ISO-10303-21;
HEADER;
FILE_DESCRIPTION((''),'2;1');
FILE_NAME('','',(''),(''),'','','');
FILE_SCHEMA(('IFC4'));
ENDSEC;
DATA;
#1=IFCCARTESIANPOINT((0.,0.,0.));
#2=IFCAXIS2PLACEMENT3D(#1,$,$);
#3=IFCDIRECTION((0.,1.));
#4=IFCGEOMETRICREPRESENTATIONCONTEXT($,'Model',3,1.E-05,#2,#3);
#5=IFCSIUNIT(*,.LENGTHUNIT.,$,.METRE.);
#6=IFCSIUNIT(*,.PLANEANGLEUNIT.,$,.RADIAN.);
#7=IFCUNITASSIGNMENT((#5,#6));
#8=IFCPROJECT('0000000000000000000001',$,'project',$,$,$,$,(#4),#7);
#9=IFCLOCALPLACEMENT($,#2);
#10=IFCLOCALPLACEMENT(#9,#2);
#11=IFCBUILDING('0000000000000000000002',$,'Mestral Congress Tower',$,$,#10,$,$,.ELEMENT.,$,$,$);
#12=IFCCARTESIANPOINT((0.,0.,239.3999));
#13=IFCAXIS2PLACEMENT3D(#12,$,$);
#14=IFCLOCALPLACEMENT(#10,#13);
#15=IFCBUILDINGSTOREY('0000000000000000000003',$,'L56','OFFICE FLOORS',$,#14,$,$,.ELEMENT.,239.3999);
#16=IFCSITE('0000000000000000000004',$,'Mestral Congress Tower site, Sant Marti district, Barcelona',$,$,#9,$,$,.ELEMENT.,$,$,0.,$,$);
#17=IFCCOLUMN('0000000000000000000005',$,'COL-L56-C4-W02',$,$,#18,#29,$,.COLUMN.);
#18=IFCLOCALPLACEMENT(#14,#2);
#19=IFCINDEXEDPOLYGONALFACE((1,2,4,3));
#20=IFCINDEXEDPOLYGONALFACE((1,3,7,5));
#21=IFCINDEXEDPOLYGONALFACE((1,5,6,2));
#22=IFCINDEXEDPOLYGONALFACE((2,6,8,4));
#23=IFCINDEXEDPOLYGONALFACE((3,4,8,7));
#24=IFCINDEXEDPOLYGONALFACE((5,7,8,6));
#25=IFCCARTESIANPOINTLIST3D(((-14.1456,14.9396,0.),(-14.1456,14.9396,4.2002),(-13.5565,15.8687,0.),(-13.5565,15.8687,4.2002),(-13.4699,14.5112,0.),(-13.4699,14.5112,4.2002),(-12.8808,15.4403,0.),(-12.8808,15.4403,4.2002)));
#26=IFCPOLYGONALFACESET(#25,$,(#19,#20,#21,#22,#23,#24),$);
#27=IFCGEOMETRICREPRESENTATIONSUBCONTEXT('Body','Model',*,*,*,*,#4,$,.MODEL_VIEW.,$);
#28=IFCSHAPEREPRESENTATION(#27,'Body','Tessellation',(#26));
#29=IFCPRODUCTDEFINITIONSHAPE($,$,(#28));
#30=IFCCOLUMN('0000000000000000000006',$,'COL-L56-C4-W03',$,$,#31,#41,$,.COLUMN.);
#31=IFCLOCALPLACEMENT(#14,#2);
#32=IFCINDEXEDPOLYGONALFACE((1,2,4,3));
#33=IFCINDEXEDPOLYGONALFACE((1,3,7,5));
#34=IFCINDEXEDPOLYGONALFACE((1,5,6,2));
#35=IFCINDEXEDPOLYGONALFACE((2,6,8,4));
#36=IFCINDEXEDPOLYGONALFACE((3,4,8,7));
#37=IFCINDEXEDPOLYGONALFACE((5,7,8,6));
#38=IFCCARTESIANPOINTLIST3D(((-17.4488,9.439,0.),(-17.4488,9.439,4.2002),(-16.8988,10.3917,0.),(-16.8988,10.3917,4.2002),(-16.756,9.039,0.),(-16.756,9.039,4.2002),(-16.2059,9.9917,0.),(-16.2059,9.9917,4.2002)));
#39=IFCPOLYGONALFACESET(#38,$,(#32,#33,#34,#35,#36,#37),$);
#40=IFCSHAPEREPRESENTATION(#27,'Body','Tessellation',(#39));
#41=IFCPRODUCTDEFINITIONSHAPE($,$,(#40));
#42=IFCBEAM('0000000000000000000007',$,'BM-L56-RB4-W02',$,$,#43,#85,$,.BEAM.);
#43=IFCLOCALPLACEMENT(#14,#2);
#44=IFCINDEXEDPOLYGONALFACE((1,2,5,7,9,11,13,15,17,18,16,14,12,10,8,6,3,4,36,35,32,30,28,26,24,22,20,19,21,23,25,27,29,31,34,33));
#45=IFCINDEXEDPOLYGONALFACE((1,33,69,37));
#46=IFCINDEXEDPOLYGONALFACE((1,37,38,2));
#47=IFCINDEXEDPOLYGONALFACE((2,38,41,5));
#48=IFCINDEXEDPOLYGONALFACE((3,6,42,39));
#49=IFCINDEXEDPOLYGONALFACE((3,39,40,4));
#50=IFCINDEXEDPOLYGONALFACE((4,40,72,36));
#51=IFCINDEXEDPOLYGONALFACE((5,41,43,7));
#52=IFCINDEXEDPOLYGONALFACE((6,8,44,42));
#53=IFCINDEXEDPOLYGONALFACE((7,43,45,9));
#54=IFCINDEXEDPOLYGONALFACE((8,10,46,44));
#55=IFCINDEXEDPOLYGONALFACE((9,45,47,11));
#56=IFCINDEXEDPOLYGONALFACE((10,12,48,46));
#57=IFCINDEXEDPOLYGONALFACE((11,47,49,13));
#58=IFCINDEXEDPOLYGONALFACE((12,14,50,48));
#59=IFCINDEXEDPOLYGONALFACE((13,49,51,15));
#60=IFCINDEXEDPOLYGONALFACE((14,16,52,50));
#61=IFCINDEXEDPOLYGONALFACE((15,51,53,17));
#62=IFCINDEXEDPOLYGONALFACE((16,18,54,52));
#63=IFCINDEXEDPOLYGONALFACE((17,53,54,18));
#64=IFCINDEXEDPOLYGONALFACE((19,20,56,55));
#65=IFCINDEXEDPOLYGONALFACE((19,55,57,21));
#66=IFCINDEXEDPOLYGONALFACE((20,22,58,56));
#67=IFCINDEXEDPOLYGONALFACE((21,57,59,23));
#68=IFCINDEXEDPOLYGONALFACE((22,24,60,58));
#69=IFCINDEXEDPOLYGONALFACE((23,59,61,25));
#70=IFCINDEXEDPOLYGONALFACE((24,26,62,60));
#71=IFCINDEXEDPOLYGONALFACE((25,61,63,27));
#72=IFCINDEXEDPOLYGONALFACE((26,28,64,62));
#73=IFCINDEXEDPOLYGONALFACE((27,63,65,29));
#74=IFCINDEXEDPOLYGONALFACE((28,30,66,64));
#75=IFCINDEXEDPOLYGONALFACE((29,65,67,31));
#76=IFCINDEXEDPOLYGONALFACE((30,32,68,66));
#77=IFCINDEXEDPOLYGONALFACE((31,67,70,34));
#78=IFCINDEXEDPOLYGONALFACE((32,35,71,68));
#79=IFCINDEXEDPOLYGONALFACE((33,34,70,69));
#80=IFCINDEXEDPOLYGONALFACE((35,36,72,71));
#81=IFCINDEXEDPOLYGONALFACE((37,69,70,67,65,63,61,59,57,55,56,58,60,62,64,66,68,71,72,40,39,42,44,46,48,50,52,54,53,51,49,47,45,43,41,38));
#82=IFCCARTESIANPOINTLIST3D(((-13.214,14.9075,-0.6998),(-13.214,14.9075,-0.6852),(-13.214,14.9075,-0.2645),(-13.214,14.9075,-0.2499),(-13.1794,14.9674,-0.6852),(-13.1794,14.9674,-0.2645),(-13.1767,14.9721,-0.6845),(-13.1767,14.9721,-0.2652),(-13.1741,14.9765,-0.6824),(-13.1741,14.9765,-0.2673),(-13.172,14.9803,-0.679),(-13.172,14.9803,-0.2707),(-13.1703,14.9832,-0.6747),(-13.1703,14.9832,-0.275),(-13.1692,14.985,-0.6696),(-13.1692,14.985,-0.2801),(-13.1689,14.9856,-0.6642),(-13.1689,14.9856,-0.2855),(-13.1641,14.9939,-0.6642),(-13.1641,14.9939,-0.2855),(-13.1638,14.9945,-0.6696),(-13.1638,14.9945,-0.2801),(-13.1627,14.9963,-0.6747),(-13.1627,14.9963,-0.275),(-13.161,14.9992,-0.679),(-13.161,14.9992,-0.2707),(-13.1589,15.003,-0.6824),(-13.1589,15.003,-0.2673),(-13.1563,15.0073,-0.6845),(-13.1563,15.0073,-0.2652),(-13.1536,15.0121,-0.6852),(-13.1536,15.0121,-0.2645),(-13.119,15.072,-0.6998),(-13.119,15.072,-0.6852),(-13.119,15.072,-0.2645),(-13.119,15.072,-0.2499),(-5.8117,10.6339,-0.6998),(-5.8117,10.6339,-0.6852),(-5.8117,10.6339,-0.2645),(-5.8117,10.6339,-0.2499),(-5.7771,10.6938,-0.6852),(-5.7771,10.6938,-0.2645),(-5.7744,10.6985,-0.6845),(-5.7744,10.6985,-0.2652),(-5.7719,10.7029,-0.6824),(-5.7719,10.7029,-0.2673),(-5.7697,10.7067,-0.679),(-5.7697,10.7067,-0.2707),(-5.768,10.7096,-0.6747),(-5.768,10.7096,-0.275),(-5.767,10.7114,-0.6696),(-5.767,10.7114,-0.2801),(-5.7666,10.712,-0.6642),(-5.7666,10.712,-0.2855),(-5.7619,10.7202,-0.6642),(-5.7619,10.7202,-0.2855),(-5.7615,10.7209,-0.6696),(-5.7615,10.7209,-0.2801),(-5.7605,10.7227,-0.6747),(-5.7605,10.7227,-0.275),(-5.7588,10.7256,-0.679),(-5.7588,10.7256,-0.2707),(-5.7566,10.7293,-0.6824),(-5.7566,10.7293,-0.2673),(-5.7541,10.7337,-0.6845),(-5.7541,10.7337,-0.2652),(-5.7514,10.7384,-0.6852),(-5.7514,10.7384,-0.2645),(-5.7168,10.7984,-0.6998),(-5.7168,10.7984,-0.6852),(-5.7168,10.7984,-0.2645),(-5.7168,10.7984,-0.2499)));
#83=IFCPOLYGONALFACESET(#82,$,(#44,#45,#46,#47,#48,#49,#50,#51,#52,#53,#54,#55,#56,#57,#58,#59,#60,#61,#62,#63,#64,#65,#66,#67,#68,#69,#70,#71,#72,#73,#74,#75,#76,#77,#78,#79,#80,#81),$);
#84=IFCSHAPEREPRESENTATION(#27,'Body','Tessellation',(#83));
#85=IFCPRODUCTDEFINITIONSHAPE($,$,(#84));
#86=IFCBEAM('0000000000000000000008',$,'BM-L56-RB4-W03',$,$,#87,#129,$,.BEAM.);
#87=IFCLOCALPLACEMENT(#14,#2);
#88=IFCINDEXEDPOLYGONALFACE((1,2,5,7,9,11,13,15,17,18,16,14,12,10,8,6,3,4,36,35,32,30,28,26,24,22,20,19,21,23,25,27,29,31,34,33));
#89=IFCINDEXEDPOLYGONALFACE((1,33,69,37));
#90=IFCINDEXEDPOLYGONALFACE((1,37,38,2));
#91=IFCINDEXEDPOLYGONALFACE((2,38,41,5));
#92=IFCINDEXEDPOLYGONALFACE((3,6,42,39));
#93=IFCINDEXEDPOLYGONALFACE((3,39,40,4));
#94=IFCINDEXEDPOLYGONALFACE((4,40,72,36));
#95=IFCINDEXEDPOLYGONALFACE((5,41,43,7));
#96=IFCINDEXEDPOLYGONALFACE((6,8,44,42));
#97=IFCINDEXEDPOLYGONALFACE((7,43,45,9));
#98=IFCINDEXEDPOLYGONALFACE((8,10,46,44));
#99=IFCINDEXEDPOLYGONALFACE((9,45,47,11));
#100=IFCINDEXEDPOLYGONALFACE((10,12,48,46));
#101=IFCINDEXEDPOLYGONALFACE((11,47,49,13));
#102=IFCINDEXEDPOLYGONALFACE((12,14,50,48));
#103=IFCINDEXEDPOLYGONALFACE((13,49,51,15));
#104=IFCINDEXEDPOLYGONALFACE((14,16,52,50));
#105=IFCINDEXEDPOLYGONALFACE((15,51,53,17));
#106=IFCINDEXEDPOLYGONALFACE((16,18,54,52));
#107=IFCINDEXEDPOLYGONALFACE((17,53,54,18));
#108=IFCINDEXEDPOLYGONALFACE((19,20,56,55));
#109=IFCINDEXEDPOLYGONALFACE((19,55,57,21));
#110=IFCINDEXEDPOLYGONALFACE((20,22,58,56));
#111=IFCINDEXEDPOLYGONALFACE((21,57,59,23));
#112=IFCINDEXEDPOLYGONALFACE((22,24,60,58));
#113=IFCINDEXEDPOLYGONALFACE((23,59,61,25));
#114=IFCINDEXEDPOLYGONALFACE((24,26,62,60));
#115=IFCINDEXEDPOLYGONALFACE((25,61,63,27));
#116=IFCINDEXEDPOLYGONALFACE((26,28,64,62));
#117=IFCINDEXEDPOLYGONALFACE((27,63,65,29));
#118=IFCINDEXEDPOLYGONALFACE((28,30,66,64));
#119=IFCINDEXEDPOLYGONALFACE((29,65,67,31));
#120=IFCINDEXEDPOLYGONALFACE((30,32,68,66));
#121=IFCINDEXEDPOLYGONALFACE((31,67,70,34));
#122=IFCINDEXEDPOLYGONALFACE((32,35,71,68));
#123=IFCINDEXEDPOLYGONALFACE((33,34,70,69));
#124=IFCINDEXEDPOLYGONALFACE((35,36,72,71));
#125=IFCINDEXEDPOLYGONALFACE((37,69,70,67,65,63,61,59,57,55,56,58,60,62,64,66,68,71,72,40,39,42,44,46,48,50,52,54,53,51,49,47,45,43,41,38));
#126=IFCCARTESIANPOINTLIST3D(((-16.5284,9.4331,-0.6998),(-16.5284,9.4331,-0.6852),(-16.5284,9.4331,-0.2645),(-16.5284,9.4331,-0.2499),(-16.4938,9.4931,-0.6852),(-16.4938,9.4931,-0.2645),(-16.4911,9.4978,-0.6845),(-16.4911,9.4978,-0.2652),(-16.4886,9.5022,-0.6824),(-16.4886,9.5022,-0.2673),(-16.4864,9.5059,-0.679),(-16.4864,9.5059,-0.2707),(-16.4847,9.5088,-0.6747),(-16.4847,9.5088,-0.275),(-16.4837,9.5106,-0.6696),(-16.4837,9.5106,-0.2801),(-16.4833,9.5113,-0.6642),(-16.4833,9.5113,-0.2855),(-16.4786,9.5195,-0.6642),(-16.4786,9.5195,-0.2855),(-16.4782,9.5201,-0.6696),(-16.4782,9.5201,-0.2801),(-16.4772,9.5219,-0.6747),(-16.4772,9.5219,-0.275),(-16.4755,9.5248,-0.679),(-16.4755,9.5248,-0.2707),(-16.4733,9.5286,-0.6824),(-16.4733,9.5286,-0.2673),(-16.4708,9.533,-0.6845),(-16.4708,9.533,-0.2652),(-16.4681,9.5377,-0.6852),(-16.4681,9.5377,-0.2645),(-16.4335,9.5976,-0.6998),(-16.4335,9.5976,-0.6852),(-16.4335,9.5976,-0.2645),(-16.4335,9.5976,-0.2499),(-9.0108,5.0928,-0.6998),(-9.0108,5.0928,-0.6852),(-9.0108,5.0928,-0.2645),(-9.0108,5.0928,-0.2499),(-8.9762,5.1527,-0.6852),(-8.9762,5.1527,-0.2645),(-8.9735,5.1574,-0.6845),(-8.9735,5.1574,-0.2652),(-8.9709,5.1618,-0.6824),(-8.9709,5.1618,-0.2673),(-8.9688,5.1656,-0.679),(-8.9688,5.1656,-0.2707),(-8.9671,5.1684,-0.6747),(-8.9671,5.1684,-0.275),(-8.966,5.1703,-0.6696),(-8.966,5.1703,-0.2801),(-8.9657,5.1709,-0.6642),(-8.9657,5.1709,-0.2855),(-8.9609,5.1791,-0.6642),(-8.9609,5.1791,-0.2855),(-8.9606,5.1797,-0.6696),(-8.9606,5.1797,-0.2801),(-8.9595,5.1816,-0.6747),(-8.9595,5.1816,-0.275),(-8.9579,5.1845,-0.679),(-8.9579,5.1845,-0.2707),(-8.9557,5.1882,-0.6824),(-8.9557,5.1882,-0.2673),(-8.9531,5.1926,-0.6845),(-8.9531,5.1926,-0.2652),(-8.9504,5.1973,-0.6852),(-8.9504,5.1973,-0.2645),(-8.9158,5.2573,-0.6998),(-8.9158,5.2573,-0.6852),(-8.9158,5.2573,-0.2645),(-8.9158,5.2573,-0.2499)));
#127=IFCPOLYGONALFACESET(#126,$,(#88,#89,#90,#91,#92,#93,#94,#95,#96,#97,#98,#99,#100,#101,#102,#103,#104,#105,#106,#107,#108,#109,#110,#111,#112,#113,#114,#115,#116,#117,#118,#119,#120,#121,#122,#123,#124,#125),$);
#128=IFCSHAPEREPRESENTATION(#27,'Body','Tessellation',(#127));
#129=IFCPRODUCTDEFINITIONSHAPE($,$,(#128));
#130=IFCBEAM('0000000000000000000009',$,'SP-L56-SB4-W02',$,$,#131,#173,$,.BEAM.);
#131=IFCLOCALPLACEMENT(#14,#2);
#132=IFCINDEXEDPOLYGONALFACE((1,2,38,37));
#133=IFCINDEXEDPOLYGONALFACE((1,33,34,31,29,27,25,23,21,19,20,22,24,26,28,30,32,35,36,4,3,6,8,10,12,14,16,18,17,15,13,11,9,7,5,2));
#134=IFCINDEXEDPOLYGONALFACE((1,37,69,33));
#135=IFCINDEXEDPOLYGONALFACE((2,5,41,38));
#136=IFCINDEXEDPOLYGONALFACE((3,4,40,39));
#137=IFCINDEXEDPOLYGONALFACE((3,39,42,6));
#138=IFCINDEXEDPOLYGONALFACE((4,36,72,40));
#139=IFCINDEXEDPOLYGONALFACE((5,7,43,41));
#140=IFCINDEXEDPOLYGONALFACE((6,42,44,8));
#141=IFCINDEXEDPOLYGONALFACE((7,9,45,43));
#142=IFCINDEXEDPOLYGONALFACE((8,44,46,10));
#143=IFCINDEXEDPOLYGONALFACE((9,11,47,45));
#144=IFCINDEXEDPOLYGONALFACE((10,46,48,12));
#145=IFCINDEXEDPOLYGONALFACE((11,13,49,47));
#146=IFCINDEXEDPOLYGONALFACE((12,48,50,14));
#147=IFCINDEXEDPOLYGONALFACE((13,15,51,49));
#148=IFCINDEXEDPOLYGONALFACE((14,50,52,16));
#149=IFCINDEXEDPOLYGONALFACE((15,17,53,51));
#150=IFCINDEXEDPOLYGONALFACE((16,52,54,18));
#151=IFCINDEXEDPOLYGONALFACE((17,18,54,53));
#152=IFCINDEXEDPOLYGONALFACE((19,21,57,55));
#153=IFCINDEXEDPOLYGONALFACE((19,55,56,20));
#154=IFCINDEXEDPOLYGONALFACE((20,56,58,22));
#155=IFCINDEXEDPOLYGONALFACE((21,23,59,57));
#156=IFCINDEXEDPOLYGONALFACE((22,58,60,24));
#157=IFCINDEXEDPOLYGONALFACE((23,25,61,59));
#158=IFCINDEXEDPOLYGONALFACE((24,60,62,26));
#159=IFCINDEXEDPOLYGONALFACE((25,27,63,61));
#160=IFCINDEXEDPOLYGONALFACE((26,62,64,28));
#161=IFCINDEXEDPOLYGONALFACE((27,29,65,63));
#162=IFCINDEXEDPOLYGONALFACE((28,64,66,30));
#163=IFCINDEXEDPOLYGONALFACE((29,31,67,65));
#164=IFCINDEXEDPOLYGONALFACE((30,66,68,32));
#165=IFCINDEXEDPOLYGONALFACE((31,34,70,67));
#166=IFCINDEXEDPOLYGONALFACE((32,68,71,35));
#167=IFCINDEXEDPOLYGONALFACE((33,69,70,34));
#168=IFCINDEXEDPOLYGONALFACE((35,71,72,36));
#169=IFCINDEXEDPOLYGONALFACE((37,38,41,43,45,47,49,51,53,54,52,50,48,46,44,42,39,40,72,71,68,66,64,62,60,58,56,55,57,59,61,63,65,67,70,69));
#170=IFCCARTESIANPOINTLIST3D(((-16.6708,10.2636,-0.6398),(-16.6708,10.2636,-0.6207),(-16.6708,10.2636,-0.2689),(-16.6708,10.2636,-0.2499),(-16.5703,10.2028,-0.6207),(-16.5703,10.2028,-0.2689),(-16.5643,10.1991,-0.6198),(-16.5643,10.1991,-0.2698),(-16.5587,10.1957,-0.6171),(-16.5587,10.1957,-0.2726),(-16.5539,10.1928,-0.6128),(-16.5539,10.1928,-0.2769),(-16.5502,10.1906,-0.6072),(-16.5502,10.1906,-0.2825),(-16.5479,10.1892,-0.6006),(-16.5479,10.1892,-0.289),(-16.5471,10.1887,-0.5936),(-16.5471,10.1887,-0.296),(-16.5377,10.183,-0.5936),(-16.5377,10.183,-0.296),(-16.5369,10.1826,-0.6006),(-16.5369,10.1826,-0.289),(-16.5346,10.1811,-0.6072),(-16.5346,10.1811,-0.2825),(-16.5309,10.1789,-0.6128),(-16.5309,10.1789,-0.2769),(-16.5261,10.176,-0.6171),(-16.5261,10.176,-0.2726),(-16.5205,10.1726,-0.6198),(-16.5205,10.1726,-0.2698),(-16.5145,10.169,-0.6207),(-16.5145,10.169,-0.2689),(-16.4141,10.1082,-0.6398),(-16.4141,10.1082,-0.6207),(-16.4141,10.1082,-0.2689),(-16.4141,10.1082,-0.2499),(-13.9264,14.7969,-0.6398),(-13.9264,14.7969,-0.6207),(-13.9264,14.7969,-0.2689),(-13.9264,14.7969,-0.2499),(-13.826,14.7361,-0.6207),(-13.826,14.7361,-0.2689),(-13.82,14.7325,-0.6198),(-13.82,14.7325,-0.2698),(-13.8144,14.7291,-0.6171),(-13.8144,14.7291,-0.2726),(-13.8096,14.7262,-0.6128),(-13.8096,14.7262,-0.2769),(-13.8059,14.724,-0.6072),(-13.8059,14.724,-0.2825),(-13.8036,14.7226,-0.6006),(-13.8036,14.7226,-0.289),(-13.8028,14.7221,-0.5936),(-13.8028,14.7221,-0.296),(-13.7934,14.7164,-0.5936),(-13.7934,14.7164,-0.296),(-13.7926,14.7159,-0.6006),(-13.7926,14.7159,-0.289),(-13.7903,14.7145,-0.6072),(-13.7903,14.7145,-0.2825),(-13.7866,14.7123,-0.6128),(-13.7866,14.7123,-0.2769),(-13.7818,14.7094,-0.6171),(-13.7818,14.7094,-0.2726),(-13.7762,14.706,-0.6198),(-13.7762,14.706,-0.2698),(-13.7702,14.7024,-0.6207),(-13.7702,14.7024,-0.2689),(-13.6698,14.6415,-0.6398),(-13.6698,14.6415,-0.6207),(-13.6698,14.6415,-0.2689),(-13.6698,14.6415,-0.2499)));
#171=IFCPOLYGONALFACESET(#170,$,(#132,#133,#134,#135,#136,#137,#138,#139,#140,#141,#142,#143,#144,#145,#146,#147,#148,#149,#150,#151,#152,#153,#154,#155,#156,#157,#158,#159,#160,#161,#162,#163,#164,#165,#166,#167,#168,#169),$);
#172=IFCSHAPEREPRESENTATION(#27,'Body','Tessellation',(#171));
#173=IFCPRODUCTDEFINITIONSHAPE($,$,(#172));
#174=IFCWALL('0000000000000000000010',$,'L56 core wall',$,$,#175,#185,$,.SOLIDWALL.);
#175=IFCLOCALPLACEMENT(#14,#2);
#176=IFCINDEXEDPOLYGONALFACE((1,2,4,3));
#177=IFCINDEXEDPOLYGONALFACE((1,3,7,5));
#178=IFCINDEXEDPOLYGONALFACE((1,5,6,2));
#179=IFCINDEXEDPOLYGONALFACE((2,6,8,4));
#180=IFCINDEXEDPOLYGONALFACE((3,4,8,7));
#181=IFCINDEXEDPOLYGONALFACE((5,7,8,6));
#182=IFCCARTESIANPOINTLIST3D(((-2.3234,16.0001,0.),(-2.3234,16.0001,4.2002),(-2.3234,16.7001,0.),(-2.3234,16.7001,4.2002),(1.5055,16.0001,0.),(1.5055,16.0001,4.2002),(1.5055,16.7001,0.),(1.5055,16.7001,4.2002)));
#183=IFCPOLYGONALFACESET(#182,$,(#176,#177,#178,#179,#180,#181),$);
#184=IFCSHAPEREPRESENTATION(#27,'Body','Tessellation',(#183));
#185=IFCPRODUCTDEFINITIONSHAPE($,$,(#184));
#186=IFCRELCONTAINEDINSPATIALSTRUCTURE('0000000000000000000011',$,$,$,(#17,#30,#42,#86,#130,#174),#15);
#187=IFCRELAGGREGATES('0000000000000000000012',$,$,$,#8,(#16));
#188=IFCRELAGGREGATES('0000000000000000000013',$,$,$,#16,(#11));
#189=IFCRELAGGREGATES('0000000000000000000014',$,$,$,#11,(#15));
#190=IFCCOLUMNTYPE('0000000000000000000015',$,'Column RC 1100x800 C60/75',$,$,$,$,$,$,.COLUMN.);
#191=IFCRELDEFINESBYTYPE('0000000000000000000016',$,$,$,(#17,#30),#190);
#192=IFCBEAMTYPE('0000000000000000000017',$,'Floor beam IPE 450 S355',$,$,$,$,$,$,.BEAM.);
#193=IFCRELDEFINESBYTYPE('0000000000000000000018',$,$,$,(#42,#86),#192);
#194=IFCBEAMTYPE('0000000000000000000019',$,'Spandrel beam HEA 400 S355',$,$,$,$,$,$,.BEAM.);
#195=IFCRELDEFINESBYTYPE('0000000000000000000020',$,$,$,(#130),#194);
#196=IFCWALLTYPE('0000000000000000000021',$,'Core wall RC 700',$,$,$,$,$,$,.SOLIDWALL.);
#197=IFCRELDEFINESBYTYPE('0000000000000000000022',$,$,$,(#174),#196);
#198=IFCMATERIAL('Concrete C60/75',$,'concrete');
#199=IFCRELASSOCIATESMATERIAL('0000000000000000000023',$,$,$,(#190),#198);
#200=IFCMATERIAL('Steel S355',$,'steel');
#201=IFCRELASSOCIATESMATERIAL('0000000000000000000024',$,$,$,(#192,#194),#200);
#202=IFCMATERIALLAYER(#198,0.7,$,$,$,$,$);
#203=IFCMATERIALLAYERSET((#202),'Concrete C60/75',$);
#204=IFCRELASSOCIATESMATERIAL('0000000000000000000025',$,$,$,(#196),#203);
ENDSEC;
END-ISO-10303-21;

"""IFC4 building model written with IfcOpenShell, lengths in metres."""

from ifc_helpers import new_model, si_unit, direction, frame, frame_2d, origin, origin_2d, place, context, subcontext, project, spatial, rectangle, i_section, extrude, material, layer, layer_set, material_profile, profile_set, type_object, element, save


model = new_model("IFC4")

# Units and contexts
model_context = context("Model", 3, precision=1e-05, world=origin(), true_north=direction((0.0, 1.0)))
body_context = subcontext(model_context, "Body", "Model", "MODEL_VIEW")
ifc_project = project(units=[si_unit("LENGTHUNIT", "METRE"), si_unit("PLANEANGLEUNIT", "RADIAN")], contexts=[model_context])

# Site, building, storey
site_placement = place(None, origin())
site = spatial("IfcSite", under=ifc_project, at=site_placement, Name="Mestral Congress Tower site, Sant Marti district, Barcelona", CompositionType="ELEMENT", RefElevation=0.0)
building_placement = place(site_placement, origin())
building = spatial("IfcBuilding", under=site, at=building_placement, Name="Mestral Congress Tower", CompositionType="ELEMENT")
storey_placement = place(building_placement, frame((0.0, 0.0, 239.3999)))
storey = spatial("IfcBuildingStorey", under=building, at=storey_placement, Name="L56", Description="OFFICE FLOORS", CompositionType="ELEMENT", Elevation=239.3999)

# Columns
ifc_material_1 = material(Name="Concrete C60/75", Category="concrete")
ifc_material_profile_1 = material_profile(ifc_material_1, rectangle(XDim=1.1001, YDim=0.8, at=origin_2d()), Name="RC 1100x800")
ifc_profile_set_1 = profile_set([ifc_material_profile_1], Name="Concrete C60/75")
column_type = type_object("IfcColumnType", Name="Column RC 1100x800 C60/75", PredefinedType="COLUMN", material=ifc_profile_set_1)
for number, where, z_axis, x_axis, name in (
    (1, (-13.5132, 15.1899, 0.0), (0.0, 0.0, 1.0), (-0.535503, -0.844534, 0.0), "COL-L56-C4-W02"),
    (2, (-16.8274, 9.7153, 0.0), (0.0, 0.0, 1.0), (-0.5, -0.866025, 0.0), "COL-L56-C4-W03"),
):
    element("IfcColumn", number, at=place(storey_placement, frame(where, z_axis=z_axis, x_axis=x_axis)), inside=storey, type_object=column_type, Name=name, PredefinedType="COLUMN", context=body_context, shape_type="SweptSolid", body=[
        extrude(rectangle(XDim=1.1001, YDim=0.8, at=origin_2d()), origin(), (0.0, 0.0, 1.0), 4.2002),
    ])

# Beams
ifc_material_2 = material(Name="Steel S355", Category="steel")
ifc_material_profile_2 = material_profile(ifc_material_2, i_section(OverallWidth=0.1899, OverallDepth=0.45, WebThickness=0.0095, FlangeThickness=0.0146, FilletRadius=0.021, at=origin_2d()), Name="IPE 450")
ifc_profile_set_2 = profile_set([ifc_material_profile_2], Name="Steel S355")
beam_type_1 = type_object("IfcBeamType", Name="Floor beam IPE 450 S355", PredefinedType="BEAM", material=ifc_profile_set_2)
beam_1_placement = place(storey_placement, frame((-13.1665, 14.9897, -0.4749), z_axis=(0.866029, -0.499994, 0.0), x_axis=(0.499994, 0.866029, 0.0)))
element("IfcBeam", 3, at=beam_1_placement, inside=storey, type_object=beam_type_1, Name="BM-L56-RB4-W02", PredefinedType="BEAM", context=body_context, shape_type="SweptSolid", body=[
    extrude(i_section(OverallWidth=0.1899, OverallDepth=0.45, WebThickness=0.0095, FlangeThickness=0.0146, FilletRadius=0.021, at=origin_2d()), origin(), (0.0, 0.0, 1.0), 8.5474),
])
beam_2_placement = place(storey_placement, frame((-16.481, 9.5154, -0.4749), z_axis=(0.866023, -0.500005, 0.0), x_axis=(0.500005, 0.866023, 0.0)))
element("IfcBeam", 4, at=beam_2_placement, inside=storey, type_object=beam_type_1, Name="BM-L56-RB4-W03", PredefinedType="BEAM", context=body_context, shape_type="SweptSolid", body=[
    extrude(i_section(OverallWidth=0.1899, OverallDepth=0.45, WebThickness=0.0095, FlangeThickness=0.0146, FilletRadius=0.021, at=origin_2d()), origin(), (0.0, 0.0, 1.0), 8.6807),
])
ifc_material_profile_3 = material_profile(ifc_material_2, i_section(OverallWidth=0.3, OverallDepth=0.3899, WebThickness=0.011, FlangeThickness=0.019, FilletRadius=0.0271, at=origin_2d()), Name="HEA 400")
ifc_profile_set_3 = profile_set([ifc_material_profile_3], Name="Steel S355")
beam_type_2 = type_object("IfcBeamType", Name="Spandrel beam HEA 400 S355", PredefinedType="BEAM", material=ifc_profile_set_3)
beam_3_placement = place(storey_placement, frame((-13.7981, 14.7192, -0.4448), z_axis=(-0.517866, -0.855462, 0.0), x_axis=(0.855462, -0.517866, 0.0)))
element("IfcBeam", 5, at=beam_3_placement, inside=storey, type_object=beam_type_2, Name="SP-L56-SB4-W02", PredefinedType="BEAM", context=body_context, shape_type="SweptSolid", body=[
    extrude(i_section(OverallWidth=0.3, OverallDepth=0.3899, WebThickness=0.011, FlangeThickness=0.019, FilletRadius=0.0271, at=origin_2d()), origin(), (0.0, 0.0, 1.0), 5.2993),
])

# Wall
ifc_layer_1 = layer(ifc_material_1, 0.7)
ifc_layer_set_1 = layer_set([ifc_layer_1], Name="Concrete C60/75")
wall_type_1 = type_object("IfcWallType", Name="Core wall RC 700", PredefinedType="SOLIDWALL", material=ifc_layer_set_1)
wall_1_placement = place(storey_placement, frame((-2.3235, 16.3501, 0.0), z_axis=(0.0, 0.0, 1.0), x_axis=(1.0, 0.0, 0.0)))
element("IfcWall", 6, at=wall_1_placement, inside=storey, type_object=wall_type_1, Name="L56 core wall", PredefinedType="SOLIDWALL", context=body_context, shape_type="SweptSolid", body=[
    extrude(rectangle(XDim=3.8289, YDim=0.7, at=frame_2d((1.9146, 0.0))), origin(), (0.0, 0.0, 1.0), 4.2002),
])

save(model, "model.ifc")
